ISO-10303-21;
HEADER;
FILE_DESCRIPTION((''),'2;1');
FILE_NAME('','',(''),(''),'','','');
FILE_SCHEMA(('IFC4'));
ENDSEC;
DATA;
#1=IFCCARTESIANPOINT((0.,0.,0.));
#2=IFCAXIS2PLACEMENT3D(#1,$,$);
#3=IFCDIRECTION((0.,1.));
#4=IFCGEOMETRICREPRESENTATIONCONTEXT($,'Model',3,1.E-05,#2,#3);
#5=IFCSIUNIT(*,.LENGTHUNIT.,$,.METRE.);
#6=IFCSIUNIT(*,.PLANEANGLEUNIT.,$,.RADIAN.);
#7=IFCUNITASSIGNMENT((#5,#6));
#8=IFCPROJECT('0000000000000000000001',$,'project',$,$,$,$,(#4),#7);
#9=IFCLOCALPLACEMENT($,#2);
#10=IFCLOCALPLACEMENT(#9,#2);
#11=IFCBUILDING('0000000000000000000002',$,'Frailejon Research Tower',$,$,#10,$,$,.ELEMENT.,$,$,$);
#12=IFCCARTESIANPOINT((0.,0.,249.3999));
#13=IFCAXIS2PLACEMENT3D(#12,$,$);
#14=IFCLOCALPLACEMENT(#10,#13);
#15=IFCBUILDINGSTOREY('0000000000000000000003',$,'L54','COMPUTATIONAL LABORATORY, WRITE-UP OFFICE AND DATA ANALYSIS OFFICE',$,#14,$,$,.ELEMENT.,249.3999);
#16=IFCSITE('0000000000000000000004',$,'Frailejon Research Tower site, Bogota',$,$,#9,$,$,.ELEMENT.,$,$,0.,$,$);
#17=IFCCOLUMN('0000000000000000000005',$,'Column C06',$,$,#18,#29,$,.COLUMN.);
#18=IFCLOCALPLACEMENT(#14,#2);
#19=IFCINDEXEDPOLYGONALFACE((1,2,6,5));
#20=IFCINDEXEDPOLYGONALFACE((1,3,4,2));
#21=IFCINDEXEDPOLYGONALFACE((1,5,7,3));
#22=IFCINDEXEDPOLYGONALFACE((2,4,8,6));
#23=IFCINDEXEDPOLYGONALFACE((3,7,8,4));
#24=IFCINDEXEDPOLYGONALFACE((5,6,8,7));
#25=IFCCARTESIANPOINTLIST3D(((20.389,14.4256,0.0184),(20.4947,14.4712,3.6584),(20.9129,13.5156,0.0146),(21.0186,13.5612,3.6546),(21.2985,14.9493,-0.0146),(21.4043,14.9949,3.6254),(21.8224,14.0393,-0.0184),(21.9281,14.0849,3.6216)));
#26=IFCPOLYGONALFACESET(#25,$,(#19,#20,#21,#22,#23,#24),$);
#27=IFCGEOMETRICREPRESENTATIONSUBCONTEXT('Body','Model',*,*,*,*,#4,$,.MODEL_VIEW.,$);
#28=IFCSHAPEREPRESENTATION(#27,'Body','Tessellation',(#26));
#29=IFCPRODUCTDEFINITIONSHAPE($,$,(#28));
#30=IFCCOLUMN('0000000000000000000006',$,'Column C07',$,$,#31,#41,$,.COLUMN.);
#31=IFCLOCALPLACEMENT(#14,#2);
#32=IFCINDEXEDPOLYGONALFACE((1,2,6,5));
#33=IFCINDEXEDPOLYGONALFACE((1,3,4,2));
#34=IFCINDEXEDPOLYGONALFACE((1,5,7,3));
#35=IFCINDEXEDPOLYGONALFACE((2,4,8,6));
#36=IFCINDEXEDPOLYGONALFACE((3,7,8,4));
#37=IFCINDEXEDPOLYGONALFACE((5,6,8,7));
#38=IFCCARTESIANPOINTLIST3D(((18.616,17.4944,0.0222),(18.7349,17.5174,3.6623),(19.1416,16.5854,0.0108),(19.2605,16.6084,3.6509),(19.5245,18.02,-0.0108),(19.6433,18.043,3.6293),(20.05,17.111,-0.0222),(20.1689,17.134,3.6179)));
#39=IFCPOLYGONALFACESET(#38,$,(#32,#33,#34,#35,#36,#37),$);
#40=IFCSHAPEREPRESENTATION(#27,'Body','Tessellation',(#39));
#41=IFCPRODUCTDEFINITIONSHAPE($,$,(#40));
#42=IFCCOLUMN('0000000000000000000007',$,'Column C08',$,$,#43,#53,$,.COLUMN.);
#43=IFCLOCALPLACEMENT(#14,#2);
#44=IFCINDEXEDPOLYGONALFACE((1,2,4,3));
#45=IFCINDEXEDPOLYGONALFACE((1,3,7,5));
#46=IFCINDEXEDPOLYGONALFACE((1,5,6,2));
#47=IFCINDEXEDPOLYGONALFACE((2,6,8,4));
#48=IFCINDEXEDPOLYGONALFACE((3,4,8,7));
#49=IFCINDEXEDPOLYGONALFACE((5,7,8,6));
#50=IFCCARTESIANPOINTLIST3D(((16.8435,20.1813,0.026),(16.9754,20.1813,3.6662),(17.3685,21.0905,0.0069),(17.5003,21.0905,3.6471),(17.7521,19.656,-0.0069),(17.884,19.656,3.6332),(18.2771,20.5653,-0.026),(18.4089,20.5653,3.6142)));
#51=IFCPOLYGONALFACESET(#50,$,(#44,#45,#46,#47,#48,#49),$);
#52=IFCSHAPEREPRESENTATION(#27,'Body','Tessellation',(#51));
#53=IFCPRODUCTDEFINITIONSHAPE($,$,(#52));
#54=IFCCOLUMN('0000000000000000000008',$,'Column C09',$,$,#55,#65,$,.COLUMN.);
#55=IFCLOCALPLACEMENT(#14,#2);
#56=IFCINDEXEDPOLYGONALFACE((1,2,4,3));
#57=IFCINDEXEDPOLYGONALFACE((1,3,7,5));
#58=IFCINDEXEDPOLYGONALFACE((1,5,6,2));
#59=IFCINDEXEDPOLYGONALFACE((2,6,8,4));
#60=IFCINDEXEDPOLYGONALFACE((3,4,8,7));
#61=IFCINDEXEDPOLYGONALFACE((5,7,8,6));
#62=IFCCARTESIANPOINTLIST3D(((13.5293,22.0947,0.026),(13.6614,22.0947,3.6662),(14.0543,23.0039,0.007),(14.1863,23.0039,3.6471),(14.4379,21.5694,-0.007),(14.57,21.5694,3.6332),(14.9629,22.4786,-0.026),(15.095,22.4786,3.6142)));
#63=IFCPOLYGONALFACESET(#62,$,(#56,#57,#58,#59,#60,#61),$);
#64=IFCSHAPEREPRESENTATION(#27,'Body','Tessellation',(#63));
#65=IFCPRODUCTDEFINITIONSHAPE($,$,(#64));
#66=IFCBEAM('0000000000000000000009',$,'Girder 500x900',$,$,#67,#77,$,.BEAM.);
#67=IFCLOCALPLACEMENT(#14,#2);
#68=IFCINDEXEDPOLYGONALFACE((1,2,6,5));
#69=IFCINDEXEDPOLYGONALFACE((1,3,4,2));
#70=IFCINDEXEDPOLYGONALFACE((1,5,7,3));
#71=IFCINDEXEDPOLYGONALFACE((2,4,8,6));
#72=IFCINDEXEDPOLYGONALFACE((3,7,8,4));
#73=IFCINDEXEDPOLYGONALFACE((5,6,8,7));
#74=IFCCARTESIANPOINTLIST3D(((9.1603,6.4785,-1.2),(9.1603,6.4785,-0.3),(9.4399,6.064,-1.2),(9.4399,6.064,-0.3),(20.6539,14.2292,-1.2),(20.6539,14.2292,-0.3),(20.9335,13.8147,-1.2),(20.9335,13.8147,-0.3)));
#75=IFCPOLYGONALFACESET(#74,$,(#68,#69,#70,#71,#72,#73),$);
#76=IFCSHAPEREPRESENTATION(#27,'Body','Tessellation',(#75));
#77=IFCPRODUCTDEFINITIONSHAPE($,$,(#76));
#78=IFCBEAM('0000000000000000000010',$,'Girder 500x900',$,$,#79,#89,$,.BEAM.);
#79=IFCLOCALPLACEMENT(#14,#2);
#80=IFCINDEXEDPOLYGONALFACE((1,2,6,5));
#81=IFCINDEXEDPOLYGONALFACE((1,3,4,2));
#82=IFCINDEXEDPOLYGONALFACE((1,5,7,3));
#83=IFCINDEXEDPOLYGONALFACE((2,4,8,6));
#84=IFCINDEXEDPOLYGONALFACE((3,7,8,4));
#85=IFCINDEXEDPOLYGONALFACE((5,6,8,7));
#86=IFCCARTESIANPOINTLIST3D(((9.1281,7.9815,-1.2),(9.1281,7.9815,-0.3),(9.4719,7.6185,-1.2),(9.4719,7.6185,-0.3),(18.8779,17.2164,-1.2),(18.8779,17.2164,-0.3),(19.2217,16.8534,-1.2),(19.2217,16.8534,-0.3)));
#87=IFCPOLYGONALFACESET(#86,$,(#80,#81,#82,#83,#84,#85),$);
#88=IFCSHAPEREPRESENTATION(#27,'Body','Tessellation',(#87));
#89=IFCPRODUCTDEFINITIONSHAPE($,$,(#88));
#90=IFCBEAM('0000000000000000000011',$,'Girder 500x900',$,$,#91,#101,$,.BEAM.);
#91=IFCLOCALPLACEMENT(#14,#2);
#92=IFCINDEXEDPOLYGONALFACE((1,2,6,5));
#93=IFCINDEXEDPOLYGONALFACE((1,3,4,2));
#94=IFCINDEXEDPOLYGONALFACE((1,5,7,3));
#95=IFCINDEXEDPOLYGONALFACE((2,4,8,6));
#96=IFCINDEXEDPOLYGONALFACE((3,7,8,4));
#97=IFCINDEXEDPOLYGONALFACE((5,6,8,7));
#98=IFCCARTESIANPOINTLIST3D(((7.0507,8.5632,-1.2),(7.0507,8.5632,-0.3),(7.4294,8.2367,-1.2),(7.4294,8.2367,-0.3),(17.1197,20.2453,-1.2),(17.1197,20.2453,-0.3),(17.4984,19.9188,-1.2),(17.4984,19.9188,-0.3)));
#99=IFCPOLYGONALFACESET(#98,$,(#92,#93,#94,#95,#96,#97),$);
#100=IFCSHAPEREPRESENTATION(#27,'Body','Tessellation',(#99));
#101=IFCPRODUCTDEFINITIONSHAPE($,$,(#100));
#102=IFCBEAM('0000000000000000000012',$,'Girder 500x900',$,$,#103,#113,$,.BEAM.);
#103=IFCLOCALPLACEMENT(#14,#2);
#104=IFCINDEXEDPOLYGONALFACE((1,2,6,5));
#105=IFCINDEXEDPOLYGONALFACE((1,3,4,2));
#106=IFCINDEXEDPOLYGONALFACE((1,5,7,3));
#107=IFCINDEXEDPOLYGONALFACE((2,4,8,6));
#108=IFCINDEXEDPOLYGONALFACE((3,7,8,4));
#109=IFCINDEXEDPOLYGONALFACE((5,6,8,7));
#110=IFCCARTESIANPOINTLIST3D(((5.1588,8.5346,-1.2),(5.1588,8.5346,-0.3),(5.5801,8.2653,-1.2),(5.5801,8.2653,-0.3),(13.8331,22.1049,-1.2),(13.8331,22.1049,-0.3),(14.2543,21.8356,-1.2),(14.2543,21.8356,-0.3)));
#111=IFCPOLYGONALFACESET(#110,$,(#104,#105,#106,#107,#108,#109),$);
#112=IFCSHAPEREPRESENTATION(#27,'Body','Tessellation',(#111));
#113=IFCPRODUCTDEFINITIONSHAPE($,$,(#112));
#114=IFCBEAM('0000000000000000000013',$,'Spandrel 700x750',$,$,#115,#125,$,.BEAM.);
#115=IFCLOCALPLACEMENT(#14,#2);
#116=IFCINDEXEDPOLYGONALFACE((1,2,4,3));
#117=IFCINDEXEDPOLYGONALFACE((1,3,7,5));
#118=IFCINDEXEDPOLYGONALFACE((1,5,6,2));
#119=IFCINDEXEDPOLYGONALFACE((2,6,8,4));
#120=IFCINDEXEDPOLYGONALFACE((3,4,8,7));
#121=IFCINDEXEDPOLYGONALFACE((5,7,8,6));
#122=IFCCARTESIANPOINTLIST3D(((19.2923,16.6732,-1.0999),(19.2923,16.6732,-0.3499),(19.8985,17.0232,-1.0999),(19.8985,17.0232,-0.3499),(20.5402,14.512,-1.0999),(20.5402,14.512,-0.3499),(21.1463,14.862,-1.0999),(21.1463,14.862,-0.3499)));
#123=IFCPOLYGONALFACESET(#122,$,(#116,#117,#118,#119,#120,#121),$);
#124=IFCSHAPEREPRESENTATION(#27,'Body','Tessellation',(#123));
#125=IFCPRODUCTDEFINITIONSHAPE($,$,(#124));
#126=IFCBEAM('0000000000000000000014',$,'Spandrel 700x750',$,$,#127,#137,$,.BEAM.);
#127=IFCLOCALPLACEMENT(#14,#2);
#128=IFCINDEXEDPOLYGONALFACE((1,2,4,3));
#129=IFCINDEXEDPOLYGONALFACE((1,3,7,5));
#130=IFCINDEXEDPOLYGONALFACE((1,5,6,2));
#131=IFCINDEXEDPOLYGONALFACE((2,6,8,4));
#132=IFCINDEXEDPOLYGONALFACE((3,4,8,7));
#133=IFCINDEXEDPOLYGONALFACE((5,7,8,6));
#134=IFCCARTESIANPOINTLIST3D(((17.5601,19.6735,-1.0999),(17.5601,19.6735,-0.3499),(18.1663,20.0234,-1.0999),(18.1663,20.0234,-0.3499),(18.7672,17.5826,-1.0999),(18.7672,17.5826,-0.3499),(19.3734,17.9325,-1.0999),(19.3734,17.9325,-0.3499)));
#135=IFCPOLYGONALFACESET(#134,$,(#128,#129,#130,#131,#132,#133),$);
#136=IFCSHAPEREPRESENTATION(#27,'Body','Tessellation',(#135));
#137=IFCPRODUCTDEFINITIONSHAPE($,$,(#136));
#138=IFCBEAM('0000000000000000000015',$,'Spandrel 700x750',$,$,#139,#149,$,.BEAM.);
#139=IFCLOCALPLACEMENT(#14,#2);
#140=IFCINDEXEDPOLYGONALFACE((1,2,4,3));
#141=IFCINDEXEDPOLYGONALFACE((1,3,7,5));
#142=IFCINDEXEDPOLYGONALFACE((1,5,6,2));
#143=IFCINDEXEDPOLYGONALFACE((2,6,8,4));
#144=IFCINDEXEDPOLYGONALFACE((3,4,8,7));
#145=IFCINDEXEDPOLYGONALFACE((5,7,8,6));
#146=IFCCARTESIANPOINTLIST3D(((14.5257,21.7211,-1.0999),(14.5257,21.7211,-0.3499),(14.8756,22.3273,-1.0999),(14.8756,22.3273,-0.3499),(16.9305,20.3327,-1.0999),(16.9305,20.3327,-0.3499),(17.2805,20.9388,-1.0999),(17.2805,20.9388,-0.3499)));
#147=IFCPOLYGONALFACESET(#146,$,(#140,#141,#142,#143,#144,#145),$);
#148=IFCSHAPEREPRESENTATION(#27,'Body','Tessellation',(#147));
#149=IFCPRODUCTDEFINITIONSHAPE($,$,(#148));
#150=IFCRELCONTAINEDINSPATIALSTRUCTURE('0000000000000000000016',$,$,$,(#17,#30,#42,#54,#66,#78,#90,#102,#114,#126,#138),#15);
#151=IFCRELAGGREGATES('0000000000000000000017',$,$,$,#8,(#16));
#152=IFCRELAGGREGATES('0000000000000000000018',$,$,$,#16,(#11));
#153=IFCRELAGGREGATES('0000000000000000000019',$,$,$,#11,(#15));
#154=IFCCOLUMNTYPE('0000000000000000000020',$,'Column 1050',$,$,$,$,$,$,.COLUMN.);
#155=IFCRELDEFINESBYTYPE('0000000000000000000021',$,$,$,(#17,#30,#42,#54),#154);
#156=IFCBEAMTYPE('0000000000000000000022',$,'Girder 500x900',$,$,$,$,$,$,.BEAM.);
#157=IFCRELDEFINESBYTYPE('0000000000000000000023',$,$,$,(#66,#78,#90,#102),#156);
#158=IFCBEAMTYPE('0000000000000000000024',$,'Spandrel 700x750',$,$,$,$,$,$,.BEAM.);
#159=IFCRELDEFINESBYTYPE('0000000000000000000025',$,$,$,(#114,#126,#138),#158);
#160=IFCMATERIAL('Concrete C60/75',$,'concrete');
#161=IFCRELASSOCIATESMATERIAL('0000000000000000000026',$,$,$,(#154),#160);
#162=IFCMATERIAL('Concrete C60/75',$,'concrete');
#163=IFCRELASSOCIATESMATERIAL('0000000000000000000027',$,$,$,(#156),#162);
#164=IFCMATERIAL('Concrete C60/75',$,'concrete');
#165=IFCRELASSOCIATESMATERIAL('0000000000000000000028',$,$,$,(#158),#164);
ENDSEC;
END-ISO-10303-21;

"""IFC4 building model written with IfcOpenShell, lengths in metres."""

from ifc_helpers import new_model, si_unit, direction, frame, origin, origin_2d, place, context, subcontext, project, spatial, rectangle, extrude, material, material_profile, profile_set, type_object, element, save


model = new_model("IFC4")

# Units and contexts
model_context = context("Model", 3, precision=1e-05, world=origin(), true_north=direction((0.0, 1.0)))
body_context = subcontext(model_context, "Body", "Model", "MODEL_VIEW")
ifc_project = project(units=[si_unit("LENGTHUNIT", "METRE"), si_unit("PLANEANGLEUNIT", "RADIAN")], contexts=[model_context])

# Site, building, storey
site_placement = place(None, origin())
site = spatial("IfcSite", under=ifc_project, at=site_placement, Name="Frailejon Research Tower site, Bogota", CompositionType="ELEMENT", RefElevation=0.0)
building_placement = place(site_placement, origin())
building = spatial("IfcBuilding", under=site, at=building_placement, Name="Frailejon Research Tower", CompositionType="ELEMENT")
storey_placement = place(building_placement, frame((0.0, 0.0, 249.3999)))
storey = spatial("IfcBuildingStorey", under=building, at=storey_placement, Name="L54", Description="COMPUTATIONAL LABORATORY, WRITE-UP OFFICE AND DATA ANALYSIS OFFICE", CompositionType="ELEMENT", Elevation=249.3999)

# Columns
ifc_material_1 = material(Name="Concrete C60/75", Category="concrete")
ifc_material_profile_1 = material_profile(ifc_material_1, rectangle(XDim=1.05, YDim=1.05, at=origin_2d()), Name="Column 1050")
ifc_profile_set_1 = profile_set([ifc_material_profile_1], Name="Concrete C60/75")
column_type = type_object("IfcColumnType", Name="Column 1050", PredefinedType="COLUMN", material=ifc_profile_set_1)
column_1_placement = place(storey_placement, frame((21.1057, 14.2324, 0.0), z_axis=(0.029026, 0.012536, 0.9995), x_axis=(-0.498894, 0.866656, 0.003619)))
element("IfcColumn", 1, at=column_1_placement, inside=storey, type_object=column_type, Name="Column C06", PredefinedType="COLUMN", context=body_context, shape_type="SweptSolid", body=[
    extrude(rectangle(XDim=1.05, YDim=1.05, at=origin_2d()), origin(), (0.0, 0.0, 1.0), 3.6418),
])
column_2_placement = place(storey_placement, frame((19.333, 17.3027, 0.0), z_axis=(0.032645, 0.006301, 0.999447), x_axis=(-0.500489, 0.865675, 0.01089)))
element("IfcColumn", 2, at=column_2_placement, inside=storey, type_object=column_type, Name="Column C07", PredefinedType="COLUMN", context=body_context, shape_type="SweptSolid", body=[
    extrude(rectangle(XDim=1.05, YDim=1.05, at=origin_2d()), origin(), (0.0, 0.0, 1.0), 3.6421),
])
for number, where, z_axis, x_axis, name in (
    (3, (17.5603, 20.3733, 0.0), (0.036194, 0.0, 0.999345), (-0.865316, 0.500246, 0.031339), "Column C08"),
    (4, (14.2461, 22.2866, 0.0), (0.036261, 0.0, 0.999342), (-0.865314, 0.500246, 0.031397), "Column C09"),
):
    element("IfcColumn", number, at=place(storey_placement, frame(where, z_axis=z_axis, x_axis=x_axis)), inside=storey, type_object=column_type, Name=name, PredefinedType="COLUMN", context=body_context, shape_type="SweptSolid", body=[
        extrude(rectangle(XDim=1.05, YDim=1.05, at=origin_2d()), origin(), (0.0, 0.0, 1.0), 3.6426),
    ])

# Beams
ifc_material_2 = material(Name="Concrete C60/75", Category="concrete")
ifc_material_profile_2 = material_profile(ifc_material_2, rectangle(XDim=0.5, YDim=0.8999, at=origin_2d()), Name="Girder 500x900")
ifc_profile_set_2 = profile_set([ifc_material_profile_2], Name="Concrete C60/75")
beam_type_1 = type_object("IfcBeamType", Name="Girder 500x900", PredefinedType="BEAM", material=ifc_profile_set_2)
beam_1_placement = place(storey_placement, frame((20.7937, 14.022, -0.75), z_axis=(-0.829099, -0.559102, 0.0), x_axis=(0.559102, -0.829099, 0.0)))
element("IfcBeam", 5, at=beam_1_placement, inside=storey, type_object=beam_type_1, Name="Girder 500x900", PredefinedType="BEAM", context=body_context, shape_type="SweptSolid", body=[
    extrude(rectangle(XDim=0.5, YDim=0.8999, at=origin_2d()), origin(), (0.0, 0.0, 1.0), 13.8628),
])
beam_2_placement = place(storey_placement, frame((19.0498, 17.0349, -0.75), z_axis=(-0.726018, -0.687676, 0.0), x_axis=(0.687676, -0.726018, 0.0)))
element("IfcBeam", 6, at=beam_2_placement, inside=storey, type_object=beam_type_1, Name="Girder 500x900", PredefinedType="BEAM", context=body_context, shape_type="SweptSolid", body=[
    extrude(rectangle(XDim=0.5, YDim=0.8999, at=origin_2d()), origin(), (0.0, 0.0, 1.0), 13.4292),
])
beam_3_placement = place(storey_placement, frame((17.3091, 20.082, -0.75), z_axis=(-0.652876, -0.757465, 0.0), x_axis=(0.757465, -0.652876, 0.0)))
element("IfcBeam", 7, at=beam_3_placement, inside=storey, type_object=beam_type_1, Name="Girder 500x900", PredefinedType="BEAM", context=body_context, shape_type="SweptSolid", body=[
    extrude(rectangle(XDim=0.5, YDim=0.8999, at=origin_2d()), origin(), (0.0, 0.0, 1.0), 15.4226),
])
beam_4_placement = place(storey_placement, frame((14.0437, 21.9702, -0.75), z_axis=(-0.538583, -0.842572, 0.0), x_axis=(0.842572, -0.538583, 0.0)))
element("IfcBeam", 8, at=beam_4_placement, inside=storey, type_object=beam_type_1, Name="Girder 500x900", PredefinedType="BEAM", context=body_context, shape_type="SweptSolid", body=[
    extrude(rectangle(XDim=0.5, YDim=0.8999, at=origin_2d()), origin(), (0.0, 0.0, 1.0), 16.1057),
])
ifc_material_3 = material(Name="Concrete C60/75", Category="concrete")
ifc_material_profile_3 = material_profile(ifc_material_3, rectangle(XDim=0.7, YDim=0.75, at=origin_2d()), Name="Spandrel 700x750")
ifc_profile_set_3 = profile_set([ifc_material_profile_3], Name="Concrete C60/75")
beam_type_2 = type_object("IfcBeamType", Name="Spandrel 700x750", PredefinedType="BEAM", material=ifc_profile_set_3)
beam_5_placement = place(storey_placement, frame((20.8433, 14.687, -0.7249), z_axis=(-0.500022, 0.866013, 0.0), x_axis=(-0.866013, -0.500022, 0.0)))
element("IfcBeam", 9, at=beam_5_placement, inside=storey, type_object=beam_type_2, Name="Spandrel 700x750", PredefinedType="BEAM", context=body_context, shape_type="SweptSolid", body=[
    extrude(rectangle(XDim=0.7, YDim=0.75, at=origin_2d()), origin(), (0.0, 0.0, 1.0), 2.4956),
])
beam_6_placement = place(storey_placement, frame((19.0703, 17.7576, -0.7249), z_axis=(-0.499968, 0.866044, 0.0), x_axis=(-0.866044, -0.499968, 0.0)))
element("IfcBeam", 10, at=beam_6_placement, inside=storey, type_object=beam_type_2, Name="Spandrel 700x750", PredefinedType="BEAM", context=body_context, shape_type="SweptSolid", body=[
    extrude(rectangle(XDim=0.7, YDim=0.75, at=origin_2d()), origin(), (0.0, 0.0, 1.0), 2.4143),
])
beam_7_placement = place(storey_placement, frame((17.1055, 20.6357, -0.7249), z_axis=(-0.866022, 0.500007, 0.0), x_axis=(-0.500007, -0.866022, 0.0)))
element("IfcBeam", 11, at=beam_7_placement, inside=storey, type_object=beam_type_2, Name="Spandrel 700x750", PredefinedType="BEAM", context=body_context, shape_type="SweptSolid", body=[
    extrude(rectangle(XDim=0.7, YDim=0.75, at=origin_2d()), origin(), (0.0, 0.0, 1.0), 2.7769),
])

save(model, "model.ifc")
